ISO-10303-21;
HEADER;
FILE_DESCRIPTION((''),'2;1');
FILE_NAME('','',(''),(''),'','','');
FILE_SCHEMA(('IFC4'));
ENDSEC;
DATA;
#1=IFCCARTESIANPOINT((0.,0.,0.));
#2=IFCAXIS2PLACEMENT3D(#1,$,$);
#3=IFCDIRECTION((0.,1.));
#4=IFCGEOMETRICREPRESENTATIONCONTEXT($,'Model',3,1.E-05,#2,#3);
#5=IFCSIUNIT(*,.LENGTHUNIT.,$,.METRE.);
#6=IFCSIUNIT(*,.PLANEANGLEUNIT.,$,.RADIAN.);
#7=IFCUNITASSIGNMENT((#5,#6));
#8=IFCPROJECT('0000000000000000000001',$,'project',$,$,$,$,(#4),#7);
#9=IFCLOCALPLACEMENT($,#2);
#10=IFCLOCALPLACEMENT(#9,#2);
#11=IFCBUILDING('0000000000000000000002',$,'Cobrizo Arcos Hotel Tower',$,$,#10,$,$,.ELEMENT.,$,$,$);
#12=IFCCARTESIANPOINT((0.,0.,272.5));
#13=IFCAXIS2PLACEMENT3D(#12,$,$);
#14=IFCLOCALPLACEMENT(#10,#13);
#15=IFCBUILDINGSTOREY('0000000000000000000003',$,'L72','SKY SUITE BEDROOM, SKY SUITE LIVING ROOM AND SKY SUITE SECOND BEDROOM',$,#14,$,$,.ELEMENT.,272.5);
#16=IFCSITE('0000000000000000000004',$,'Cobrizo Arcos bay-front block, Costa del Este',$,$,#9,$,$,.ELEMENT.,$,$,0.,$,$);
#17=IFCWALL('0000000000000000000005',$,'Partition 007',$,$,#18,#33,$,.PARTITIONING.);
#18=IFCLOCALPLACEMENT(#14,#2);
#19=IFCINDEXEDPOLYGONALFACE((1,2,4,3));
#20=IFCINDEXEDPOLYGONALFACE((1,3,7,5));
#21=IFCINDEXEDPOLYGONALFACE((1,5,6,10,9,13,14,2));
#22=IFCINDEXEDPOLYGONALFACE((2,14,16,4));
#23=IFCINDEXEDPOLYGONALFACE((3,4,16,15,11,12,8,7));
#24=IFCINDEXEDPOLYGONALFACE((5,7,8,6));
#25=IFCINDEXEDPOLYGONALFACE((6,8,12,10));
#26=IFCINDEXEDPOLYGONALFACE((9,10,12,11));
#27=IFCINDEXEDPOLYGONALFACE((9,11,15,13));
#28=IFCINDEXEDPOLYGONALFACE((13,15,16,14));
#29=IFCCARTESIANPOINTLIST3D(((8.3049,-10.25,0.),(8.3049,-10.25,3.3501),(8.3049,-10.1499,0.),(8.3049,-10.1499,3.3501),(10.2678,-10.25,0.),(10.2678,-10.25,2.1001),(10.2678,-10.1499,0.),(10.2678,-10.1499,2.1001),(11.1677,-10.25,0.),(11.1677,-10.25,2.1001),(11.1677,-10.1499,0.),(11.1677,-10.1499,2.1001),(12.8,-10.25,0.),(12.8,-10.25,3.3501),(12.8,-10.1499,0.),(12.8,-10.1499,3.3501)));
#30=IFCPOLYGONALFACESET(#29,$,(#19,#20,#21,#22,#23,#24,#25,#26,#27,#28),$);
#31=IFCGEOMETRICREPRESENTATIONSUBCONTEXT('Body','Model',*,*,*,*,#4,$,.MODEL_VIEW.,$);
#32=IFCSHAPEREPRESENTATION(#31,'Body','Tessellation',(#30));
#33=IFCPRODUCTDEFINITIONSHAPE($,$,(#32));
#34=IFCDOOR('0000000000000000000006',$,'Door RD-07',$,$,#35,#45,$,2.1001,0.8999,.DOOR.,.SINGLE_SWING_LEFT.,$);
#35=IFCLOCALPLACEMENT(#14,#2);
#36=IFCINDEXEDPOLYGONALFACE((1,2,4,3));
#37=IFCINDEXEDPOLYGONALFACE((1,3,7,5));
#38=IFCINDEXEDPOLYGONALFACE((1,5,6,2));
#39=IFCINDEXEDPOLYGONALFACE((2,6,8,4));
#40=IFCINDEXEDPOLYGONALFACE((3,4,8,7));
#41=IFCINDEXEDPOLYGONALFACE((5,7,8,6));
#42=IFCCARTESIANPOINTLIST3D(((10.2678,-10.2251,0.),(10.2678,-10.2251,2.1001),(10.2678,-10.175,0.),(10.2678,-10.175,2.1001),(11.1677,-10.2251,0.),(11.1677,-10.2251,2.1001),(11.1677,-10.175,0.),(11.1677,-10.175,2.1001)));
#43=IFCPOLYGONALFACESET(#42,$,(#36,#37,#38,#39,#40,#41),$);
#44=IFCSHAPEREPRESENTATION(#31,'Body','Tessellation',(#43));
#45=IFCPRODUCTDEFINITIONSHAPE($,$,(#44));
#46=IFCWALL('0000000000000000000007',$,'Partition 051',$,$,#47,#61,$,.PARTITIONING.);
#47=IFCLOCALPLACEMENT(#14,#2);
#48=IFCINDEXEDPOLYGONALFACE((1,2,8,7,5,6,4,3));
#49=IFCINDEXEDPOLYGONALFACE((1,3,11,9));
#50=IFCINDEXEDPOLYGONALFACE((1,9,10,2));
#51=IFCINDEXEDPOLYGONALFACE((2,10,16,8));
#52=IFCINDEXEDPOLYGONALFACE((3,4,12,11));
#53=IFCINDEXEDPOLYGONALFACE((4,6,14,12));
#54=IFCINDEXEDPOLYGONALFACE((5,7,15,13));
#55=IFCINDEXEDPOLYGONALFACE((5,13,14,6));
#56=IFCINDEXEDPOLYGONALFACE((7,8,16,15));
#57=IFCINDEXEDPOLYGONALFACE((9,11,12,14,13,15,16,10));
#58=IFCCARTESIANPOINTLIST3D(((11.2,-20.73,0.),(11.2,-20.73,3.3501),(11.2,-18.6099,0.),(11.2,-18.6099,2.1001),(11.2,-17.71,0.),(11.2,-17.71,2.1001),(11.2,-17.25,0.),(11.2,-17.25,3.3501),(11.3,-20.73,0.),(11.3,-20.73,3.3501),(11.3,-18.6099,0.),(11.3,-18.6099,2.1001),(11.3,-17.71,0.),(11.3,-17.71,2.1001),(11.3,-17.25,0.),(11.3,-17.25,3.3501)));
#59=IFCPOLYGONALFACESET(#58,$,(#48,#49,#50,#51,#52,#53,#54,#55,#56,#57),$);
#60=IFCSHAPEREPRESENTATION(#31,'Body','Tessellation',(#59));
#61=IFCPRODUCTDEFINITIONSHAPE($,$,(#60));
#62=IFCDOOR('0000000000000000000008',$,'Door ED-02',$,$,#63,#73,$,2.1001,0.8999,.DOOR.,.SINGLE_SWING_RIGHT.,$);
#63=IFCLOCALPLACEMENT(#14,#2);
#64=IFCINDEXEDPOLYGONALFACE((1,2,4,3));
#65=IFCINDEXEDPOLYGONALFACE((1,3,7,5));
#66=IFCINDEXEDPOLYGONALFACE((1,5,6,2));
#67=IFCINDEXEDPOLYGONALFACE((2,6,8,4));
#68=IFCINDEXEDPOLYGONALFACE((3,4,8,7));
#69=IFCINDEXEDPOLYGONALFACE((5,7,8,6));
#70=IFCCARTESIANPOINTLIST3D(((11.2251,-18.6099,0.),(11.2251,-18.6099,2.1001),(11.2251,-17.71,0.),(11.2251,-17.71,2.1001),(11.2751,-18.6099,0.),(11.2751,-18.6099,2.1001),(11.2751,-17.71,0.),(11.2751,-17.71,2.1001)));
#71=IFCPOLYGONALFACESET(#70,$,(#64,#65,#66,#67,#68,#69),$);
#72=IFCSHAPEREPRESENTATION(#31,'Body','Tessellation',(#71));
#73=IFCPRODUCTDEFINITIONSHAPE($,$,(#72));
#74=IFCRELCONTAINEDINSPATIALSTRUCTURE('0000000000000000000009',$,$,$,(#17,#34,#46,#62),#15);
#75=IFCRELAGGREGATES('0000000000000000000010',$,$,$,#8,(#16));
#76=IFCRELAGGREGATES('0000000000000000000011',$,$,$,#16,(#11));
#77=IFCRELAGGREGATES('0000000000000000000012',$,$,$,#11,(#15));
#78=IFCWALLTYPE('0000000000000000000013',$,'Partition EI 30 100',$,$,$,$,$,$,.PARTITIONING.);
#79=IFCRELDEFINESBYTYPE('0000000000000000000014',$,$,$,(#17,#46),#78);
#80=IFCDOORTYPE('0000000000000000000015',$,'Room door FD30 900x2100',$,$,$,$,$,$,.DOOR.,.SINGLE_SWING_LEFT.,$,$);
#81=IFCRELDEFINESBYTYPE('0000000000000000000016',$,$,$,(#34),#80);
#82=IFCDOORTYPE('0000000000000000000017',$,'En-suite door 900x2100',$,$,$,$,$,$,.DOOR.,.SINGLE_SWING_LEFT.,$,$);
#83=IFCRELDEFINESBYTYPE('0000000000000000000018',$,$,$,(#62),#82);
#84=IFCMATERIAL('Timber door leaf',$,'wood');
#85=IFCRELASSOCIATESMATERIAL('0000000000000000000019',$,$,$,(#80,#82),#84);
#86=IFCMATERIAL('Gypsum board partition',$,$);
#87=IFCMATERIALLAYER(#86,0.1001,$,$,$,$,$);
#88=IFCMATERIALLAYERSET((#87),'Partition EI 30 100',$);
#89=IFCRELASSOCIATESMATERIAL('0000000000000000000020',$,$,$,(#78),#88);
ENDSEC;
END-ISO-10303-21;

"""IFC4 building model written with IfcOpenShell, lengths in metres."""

from ifc_helpers import new_model, si_unit, direction, frame, frame_2d, origin, place, context, subcontext, project, spatial, rectangle, extrude, material, layer, layer_set, type_object, element, fill, save


model = new_model("IFC4")

# Units and contexts
model_context = context("Model", 3, precision=1e-05, world=origin(), true_north=direction((0.0, 1.0)))
body_context = subcontext(model_context, "Body", "Model", "MODEL_VIEW")
ifc_project = project(units=[si_unit("LENGTHUNIT", "METRE"), si_unit("PLANEANGLEUNIT", "RADIAN")], contexts=[model_context])

# Site, building, storey
site_placement = place(None, origin())
site = spatial("IfcSite", under=ifc_project, at=site_placement, Name="Cobrizo Arcos bay-front block, Costa del Este", CompositionType="ELEMENT", RefElevation=0.0)
building_placement = place(site_placement, origin())
building = spatial("IfcBuilding", under=site, at=building_placement, Name="Cobrizo Arcos Hotel Tower", CompositionType="ELEMENT")
storey_placement = place(building_placement, frame((0.0, 0.0, 272.5)))
storey = spatial("IfcBuildingStorey", under=building, at=storey_placement, Name="L72", Description="SKY SUITE BEDROOM, SKY SUITE LIVING ROOM AND SKY SUITE SECOND BEDROOM", CompositionType="ELEMENT", Elevation=272.5)

# Shared definitions
ifc_material_1 = material(Name="Gypsum board partition")

# Shared definitions
ifc_material_2 = material(Name="Timber door leaf", Category="wood")
door_type_1 = type_object("IfcDoorType", Name="Room door FD30 900x2100", OperationType="SINGLE_SWING_LEFT", PredefinedType="DOOR", material=ifc_material_2)

# Shared definitions
ifc_layer_1 = layer(ifc_material_1, 0.1001)
ifc_layer_set_1 = layer_set([ifc_layer_1], Name="Partition EI 30 100")
wall_type_1 = type_object("IfcWallType", Name="Partition EI 30 100", PredefinedType="PARTITIONING", material=ifc_layer_set_1)

# Walls, openings, doors
wall_1_placement = place(storey_placement, frame((8.3049, -10.2, 0.0), z_axis=(0.0, 0.0, 1.0), x_axis=(1.0, 0.0, 0.0)))
wall_1 = element("IfcWall", 1, at=wall_1_placement, inside=storey, type_object=wall_type_1, Name="Partition 007", PredefinedType="PARTITIONING", context=body_context, shape_type="SweptSolid", body=[
    extrude(rectangle(XDim=4.4951, YDim=0.1001, at=frame_2d((2.2476, 0.0))), origin(), (0.0, 0.0, 1.0), 3.3501),
])
opening_1_placement = place(wall_1_placement, frame((1.9629, 0.0, 0.0)))
opening_1 = element("IfcOpeningElement", 2, at=opening_1_placement, cuts=wall_1, PredefinedType="OPENING", context=body_context, shape_type="SweptSolid", body=[
    extrude(rectangle(XDim=0.8999, YDim=2.1001, at=frame_2d((0.45, 1.05))), frame((0.0, 0.062, 0.0), z_axis=(0.0, -1.0, 0.0), x_axis=(1.0, 0.0, 0.0)), (0.0, 0.0, 1.0), 0.124),
])
door_1_placement = place(opening_1_placement, origin())
door_1 = element("IfcDoor", 3, at=door_1_placement, inside=storey, type_object=door_type_1, Name="Door RD-07", OperationType="SINGLE_SWING_LEFT", OverallHeight=2.1001, OverallWidth=0.8999, PredefinedType="DOOR", context=body_context, shape_type="SweptSolid", body=[
    extrude(rectangle(XDim=0.8999, YDim=2.1001, at=frame_2d((0.45, 1.05))), frame((0.0, 0.0249, 0.0), z_axis=(0.0, -1.0, 0.0), x_axis=(1.0, 0.0, 0.0)), (0.0, 0.0, 1.0), 0.05),
])
fill(opening_1, door_1)
wall_2_placement = place(storey_placement, frame((11.25, -20.73, 0.0), z_axis=(0.0, 0.0, 1.0), x_axis=(0.0, 1.0, 0.0)))
wall_2 = element("IfcWall", 4, at=wall_2_placement, inside=storey, type_object=wall_type_1, Name="Partition 051", PredefinedType="PARTITIONING", context=body_context, shape_type="SweptSolid", body=[
    extrude(rectangle(XDim=3.48, YDim=0.1001, at=frame_2d((1.74, 0.0))), origin(), (0.0, 0.0, 1.0), 3.3501),
])
opening_2_placement = place(wall_2_placement, frame((2.1201, 0.0, 0.0)))
opening_2 = element("IfcOpeningElement", 5, at=opening_2_placement, cuts=wall_2, PredefinedType="OPENING", context=body_context, shape_type="SweptSolid", body=[
    extrude(rectangle(XDim=0.8999, YDim=2.1001, at=frame_2d((0.45, 1.05))), frame((0.0, 0.062, 0.0), z_axis=(0.0, -1.0, 0.0), x_axis=(1.0, 0.0, 0.0)), (0.0, 0.0, 1.0), 0.124),
])
door_type_2 = type_object("IfcDoorType", Name="En-suite door 900x2100", OperationType="SINGLE_SWING_LEFT", PredefinedType="DOOR", material=ifc_material_2)
door_2_placement = place(opening_2_placement, origin())
door_2 = element("IfcDoor", 6, at=door_2_placement, inside=storey, type_object=door_type_2, Name="Door ED-02", OperationType="SINGLE_SWING_RIGHT", OverallHeight=2.1001, OverallWidth=0.8999, PredefinedType="DOOR", context=body_context, shape_type="SweptSolid", body=[
    extrude(rectangle(XDim=0.8999, YDim=2.1001, at=frame_2d((0.45, 1.05))), frame((0.0, 0.0249, 0.0), z_axis=(0.0, -1.0, 0.0), x_axis=(1.0, 0.0, 0.0)), (0.0, 0.0, 1.0), 0.05),
])
fill(opening_2, door_2)

save(model, "model.ifc")
